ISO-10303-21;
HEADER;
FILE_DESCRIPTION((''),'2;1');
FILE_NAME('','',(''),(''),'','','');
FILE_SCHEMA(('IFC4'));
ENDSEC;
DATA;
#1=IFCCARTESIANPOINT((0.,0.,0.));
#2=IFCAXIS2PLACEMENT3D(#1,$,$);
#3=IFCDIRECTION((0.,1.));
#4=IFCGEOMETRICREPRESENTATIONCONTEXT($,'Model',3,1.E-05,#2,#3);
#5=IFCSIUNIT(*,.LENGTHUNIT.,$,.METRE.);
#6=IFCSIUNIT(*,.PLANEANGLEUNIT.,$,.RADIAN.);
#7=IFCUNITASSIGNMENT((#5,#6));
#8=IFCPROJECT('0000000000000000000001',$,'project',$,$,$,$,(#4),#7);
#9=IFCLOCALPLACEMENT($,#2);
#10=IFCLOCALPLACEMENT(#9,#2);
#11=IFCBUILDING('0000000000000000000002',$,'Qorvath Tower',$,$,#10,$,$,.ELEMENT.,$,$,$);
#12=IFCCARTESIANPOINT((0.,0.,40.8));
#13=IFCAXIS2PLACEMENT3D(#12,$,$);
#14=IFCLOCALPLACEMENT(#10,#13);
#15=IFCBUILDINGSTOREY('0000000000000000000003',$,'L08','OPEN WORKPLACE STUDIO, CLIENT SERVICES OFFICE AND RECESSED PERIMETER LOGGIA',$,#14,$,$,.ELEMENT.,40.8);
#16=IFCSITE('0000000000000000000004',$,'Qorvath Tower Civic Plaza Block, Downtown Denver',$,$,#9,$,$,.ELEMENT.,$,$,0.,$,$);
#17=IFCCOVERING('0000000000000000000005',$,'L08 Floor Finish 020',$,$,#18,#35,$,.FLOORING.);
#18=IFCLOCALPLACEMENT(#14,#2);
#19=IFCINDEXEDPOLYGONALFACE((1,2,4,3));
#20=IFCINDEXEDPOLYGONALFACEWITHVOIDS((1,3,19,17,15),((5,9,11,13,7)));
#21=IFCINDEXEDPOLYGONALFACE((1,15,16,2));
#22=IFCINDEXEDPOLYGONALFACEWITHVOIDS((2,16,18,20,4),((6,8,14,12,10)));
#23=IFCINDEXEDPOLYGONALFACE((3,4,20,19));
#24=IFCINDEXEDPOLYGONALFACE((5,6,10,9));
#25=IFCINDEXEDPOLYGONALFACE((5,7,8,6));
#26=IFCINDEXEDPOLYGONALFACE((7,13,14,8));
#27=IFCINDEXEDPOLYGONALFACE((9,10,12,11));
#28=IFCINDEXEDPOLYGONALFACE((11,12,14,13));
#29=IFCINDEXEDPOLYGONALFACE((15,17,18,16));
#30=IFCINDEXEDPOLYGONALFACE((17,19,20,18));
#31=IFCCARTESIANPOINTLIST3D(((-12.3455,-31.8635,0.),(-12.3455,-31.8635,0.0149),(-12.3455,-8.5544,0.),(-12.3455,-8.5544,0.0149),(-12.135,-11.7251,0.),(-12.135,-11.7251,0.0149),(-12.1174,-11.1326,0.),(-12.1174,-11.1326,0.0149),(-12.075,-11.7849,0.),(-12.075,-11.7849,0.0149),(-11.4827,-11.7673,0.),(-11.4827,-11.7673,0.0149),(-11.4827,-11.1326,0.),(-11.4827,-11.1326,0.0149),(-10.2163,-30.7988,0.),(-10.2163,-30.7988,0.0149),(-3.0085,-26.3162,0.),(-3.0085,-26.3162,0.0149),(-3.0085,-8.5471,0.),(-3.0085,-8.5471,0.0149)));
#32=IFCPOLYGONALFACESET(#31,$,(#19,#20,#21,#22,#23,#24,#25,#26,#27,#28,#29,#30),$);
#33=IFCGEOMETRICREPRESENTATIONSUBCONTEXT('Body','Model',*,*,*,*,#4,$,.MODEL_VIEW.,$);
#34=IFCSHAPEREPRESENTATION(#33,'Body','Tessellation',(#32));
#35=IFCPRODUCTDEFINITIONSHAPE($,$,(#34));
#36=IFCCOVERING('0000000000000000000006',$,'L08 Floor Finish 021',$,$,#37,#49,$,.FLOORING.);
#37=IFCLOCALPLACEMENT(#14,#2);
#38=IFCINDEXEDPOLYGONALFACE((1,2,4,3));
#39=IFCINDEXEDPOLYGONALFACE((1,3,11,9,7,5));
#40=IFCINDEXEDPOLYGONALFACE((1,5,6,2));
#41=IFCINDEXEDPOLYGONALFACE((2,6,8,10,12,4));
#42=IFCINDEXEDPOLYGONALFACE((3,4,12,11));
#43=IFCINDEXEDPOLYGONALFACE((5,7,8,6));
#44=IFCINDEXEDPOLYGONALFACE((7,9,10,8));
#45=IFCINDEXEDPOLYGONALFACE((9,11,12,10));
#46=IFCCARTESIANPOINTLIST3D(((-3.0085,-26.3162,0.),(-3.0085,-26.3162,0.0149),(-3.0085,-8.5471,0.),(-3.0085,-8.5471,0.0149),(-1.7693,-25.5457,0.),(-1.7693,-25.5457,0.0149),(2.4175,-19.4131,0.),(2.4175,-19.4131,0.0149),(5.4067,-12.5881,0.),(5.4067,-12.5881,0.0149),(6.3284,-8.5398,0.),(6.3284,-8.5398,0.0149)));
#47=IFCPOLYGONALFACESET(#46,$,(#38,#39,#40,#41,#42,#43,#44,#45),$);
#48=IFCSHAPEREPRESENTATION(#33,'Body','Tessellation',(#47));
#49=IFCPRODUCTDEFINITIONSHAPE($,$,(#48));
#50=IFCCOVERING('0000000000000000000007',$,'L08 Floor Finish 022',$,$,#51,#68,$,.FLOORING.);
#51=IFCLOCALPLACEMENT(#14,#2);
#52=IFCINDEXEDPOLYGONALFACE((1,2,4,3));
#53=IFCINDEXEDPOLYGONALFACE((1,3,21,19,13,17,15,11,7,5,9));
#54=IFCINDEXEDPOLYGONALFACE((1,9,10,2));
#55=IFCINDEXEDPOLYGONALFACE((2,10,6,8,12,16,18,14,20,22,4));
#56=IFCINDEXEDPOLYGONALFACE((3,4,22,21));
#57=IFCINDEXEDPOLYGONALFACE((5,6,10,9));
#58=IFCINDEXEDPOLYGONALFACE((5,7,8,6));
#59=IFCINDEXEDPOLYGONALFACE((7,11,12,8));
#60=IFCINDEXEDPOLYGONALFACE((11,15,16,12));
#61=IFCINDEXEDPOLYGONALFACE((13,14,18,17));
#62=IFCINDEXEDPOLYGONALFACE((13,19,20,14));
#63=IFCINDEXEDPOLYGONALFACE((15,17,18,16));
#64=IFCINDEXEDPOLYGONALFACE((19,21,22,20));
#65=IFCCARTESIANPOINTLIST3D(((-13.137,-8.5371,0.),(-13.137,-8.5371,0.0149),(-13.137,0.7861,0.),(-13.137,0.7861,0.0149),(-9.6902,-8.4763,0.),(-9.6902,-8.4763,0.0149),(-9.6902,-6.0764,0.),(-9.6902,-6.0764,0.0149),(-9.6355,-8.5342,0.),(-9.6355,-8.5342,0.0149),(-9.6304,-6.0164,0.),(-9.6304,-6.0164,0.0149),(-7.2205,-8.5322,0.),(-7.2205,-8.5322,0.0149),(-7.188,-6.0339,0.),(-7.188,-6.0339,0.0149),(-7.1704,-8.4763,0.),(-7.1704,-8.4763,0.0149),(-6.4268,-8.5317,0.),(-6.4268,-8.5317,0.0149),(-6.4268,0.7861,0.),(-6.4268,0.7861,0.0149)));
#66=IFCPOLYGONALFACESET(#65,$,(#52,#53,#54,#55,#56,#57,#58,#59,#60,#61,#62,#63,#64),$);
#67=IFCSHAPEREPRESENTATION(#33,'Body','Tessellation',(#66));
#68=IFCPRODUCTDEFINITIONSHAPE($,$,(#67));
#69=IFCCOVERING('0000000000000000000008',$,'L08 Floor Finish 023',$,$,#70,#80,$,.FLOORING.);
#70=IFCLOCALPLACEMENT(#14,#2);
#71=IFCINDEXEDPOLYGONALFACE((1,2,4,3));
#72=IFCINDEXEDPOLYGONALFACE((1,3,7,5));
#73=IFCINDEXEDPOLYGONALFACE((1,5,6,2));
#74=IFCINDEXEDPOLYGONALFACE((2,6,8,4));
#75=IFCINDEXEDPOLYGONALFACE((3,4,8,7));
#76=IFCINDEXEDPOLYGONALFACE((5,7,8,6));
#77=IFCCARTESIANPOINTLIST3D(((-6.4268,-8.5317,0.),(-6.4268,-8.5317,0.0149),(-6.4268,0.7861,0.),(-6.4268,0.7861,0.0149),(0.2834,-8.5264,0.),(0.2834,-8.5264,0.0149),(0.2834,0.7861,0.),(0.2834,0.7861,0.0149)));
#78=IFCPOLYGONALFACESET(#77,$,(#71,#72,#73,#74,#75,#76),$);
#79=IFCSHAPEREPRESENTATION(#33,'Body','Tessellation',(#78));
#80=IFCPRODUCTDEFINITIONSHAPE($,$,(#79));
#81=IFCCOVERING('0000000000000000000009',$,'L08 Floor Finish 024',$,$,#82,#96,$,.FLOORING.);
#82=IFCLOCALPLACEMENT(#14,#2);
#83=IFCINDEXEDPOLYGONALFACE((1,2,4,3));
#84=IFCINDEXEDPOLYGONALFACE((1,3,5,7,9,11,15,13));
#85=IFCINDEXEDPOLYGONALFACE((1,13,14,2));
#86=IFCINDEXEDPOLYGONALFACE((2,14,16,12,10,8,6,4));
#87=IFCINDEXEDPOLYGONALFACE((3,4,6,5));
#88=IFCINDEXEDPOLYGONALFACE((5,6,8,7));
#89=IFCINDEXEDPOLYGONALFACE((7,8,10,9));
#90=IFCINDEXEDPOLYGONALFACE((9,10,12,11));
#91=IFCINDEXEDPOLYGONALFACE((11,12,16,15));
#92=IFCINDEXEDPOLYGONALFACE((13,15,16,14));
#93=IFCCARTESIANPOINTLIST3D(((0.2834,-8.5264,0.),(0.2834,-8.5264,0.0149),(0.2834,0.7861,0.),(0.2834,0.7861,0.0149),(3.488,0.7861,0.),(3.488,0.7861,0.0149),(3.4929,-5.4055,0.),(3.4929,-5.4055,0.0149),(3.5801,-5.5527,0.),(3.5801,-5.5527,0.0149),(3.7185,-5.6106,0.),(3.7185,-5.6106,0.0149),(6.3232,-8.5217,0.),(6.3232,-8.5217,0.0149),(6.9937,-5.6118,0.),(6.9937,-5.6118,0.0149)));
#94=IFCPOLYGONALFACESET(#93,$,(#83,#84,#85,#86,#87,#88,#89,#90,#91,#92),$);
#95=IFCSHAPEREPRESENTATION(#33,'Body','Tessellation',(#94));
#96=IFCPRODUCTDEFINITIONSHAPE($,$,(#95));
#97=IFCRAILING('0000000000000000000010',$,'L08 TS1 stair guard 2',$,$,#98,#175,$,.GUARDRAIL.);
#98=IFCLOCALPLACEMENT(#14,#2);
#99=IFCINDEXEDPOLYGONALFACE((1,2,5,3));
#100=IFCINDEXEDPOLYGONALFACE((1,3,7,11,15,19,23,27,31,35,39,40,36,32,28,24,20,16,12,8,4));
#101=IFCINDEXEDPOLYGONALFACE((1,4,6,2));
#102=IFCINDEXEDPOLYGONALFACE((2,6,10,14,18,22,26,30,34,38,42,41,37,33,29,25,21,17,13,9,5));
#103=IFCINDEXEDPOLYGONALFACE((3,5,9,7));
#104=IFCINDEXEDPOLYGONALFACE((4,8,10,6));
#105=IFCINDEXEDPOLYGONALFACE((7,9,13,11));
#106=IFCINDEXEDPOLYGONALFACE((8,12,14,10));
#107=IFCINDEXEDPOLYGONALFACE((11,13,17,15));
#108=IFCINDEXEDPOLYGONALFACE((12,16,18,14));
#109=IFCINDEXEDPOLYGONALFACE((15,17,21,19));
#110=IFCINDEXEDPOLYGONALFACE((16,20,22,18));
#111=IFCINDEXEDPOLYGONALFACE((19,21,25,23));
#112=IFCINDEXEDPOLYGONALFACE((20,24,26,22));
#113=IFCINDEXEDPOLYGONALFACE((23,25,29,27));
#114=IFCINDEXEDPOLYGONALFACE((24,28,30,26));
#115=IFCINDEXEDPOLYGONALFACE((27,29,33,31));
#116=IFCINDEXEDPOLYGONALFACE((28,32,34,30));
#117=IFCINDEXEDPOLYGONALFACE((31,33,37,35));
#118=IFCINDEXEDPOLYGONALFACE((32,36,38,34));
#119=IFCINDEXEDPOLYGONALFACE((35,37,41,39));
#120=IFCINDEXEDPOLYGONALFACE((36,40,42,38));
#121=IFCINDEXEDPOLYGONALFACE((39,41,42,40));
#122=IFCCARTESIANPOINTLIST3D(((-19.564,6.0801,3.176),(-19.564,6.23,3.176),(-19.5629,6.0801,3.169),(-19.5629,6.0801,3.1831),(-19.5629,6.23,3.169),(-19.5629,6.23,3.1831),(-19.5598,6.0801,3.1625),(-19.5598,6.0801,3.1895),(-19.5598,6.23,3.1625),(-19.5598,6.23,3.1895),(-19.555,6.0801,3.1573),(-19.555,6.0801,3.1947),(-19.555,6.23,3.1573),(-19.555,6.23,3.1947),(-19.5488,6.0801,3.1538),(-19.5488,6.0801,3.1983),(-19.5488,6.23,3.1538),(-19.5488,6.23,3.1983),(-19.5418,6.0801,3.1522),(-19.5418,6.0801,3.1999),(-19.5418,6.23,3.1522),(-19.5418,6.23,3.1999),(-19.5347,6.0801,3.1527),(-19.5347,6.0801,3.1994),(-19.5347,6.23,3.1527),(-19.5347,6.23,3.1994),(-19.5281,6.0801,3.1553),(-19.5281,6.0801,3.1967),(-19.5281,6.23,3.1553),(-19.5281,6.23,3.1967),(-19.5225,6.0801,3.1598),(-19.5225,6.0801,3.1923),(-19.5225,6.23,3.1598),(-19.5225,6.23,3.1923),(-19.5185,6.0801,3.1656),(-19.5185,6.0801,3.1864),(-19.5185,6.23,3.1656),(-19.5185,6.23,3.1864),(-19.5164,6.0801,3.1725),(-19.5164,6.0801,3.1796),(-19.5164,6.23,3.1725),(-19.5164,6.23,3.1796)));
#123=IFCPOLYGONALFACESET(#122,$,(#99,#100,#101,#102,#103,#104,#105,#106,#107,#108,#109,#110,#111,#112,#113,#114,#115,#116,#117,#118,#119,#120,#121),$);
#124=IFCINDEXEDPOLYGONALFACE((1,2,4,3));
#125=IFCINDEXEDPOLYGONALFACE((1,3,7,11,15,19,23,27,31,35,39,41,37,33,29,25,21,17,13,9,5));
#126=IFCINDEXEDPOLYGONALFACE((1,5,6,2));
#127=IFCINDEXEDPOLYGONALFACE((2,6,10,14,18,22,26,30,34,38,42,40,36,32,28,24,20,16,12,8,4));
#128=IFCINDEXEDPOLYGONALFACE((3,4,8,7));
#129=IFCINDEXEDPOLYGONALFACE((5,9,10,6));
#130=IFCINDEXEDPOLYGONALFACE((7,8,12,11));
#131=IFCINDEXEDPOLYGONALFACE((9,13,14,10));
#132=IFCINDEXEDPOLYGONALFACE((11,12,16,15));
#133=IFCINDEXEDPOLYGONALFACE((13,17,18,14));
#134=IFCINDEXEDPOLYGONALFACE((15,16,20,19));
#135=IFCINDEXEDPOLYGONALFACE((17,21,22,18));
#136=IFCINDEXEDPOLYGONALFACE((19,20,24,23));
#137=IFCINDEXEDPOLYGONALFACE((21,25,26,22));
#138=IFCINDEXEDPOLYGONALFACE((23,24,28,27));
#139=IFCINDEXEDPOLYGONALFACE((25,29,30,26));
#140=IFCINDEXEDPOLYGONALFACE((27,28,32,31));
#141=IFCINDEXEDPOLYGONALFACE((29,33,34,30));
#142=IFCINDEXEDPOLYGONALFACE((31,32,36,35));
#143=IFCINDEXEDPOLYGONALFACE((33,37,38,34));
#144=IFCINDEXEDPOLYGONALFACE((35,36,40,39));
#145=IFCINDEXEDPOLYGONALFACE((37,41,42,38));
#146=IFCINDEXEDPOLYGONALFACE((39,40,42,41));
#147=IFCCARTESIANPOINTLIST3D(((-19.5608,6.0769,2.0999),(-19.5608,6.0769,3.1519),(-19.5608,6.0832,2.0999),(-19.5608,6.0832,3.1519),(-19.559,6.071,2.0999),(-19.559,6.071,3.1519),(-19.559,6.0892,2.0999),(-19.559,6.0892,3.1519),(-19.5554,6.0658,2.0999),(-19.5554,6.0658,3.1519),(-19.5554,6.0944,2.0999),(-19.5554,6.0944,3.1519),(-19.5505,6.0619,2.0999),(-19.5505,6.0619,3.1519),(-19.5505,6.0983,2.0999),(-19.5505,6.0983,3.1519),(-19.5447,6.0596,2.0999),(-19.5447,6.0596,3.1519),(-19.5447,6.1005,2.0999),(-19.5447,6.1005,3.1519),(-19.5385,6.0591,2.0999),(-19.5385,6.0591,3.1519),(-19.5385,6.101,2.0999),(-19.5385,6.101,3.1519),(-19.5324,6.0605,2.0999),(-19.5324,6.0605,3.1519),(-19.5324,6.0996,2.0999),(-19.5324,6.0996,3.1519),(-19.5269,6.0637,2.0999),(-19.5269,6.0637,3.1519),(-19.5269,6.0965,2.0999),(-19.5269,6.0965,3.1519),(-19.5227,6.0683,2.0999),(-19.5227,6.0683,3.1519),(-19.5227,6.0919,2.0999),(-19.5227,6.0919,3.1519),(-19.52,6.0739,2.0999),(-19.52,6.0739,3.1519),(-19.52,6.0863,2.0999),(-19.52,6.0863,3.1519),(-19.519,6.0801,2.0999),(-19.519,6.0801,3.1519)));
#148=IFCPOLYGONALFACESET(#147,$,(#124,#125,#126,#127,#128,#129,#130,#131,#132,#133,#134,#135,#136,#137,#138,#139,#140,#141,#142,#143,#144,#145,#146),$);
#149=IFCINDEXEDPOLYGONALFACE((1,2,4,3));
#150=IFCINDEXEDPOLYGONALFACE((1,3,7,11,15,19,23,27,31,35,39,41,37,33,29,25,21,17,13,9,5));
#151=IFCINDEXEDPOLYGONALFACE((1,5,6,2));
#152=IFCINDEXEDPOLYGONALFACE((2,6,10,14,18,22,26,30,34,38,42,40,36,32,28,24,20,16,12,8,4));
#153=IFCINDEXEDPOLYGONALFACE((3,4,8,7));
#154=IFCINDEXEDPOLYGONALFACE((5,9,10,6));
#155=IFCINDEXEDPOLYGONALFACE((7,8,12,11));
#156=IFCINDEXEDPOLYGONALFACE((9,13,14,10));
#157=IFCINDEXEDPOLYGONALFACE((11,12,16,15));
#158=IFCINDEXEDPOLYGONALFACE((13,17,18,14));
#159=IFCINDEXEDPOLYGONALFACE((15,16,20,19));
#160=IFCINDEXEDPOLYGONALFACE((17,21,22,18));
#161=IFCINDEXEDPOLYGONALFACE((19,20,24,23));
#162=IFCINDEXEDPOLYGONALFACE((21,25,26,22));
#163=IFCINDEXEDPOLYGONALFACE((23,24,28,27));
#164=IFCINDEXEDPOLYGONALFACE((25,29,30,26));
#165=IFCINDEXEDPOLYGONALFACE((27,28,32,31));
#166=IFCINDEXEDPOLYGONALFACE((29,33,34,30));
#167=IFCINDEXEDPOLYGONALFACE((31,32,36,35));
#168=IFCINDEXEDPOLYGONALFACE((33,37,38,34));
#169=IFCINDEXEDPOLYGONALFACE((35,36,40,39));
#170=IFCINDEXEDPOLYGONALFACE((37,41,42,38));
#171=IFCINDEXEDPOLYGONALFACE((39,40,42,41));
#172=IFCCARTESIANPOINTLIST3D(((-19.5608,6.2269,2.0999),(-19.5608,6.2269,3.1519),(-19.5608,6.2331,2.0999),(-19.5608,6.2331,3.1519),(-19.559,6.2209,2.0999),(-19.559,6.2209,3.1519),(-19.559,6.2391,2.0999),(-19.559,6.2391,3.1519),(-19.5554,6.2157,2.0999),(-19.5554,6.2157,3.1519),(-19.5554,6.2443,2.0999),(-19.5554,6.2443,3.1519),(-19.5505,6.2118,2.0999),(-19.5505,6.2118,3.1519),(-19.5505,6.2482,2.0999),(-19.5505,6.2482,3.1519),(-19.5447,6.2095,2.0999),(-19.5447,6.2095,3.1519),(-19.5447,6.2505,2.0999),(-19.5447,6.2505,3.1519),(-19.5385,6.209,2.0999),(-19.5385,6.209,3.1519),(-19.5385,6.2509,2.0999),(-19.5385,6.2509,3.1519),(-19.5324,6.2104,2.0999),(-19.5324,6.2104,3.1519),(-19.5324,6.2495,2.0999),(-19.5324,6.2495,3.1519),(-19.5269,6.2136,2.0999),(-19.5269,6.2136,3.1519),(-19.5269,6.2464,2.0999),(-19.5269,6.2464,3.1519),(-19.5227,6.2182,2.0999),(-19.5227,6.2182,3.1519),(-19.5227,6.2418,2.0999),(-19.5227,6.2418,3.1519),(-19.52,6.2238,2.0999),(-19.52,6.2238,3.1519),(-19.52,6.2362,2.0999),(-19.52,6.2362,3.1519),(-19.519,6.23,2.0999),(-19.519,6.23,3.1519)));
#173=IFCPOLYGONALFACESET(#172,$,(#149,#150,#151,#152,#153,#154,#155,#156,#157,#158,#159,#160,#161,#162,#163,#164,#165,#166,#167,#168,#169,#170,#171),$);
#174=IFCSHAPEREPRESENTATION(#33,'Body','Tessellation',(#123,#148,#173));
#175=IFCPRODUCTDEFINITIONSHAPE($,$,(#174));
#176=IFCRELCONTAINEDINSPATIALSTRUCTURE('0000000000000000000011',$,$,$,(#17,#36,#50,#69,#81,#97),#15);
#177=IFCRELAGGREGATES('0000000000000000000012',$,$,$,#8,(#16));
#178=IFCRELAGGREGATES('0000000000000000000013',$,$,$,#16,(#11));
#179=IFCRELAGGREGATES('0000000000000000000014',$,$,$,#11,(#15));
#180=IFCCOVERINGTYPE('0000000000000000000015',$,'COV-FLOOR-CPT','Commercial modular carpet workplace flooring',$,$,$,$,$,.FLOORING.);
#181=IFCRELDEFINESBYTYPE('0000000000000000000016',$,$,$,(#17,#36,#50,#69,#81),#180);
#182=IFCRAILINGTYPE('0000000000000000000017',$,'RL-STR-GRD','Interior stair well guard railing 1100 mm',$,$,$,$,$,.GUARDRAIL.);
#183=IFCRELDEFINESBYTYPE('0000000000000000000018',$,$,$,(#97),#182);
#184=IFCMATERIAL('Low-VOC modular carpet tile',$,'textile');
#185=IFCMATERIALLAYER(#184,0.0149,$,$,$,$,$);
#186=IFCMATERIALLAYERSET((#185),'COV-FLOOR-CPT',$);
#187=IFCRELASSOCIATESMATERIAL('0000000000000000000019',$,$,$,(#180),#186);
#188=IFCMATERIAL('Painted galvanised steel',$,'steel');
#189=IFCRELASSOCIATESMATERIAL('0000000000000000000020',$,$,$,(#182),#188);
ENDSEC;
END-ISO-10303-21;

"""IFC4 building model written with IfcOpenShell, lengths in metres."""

from ifc_helpers import new_model, si_unit, direction, frame, origin, origin_2d, place, context, subcontext, project, spatial, polyline, circle, outline, extrude, material, layer, layer_set, type_object, element, save


model = new_model("IFC4")

# Units and contexts
model_context = context("Model", 3, precision=1e-05, world=origin(), true_north=direction((0.0, 1.0)))
body_context = subcontext(model_context, "Body", "Model", "MODEL_VIEW")
ifc_project = project(units=[si_unit("LENGTHUNIT", "METRE"), si_unit("PLANEANGLEUNIT", "RADIAN")], contexts=[model_context])

# Site, building, storey
site_placement = place(None, origin())
site = spatial("IfcSite", under=ifc_project, at=site_placement, Name="Qorvath Tower Civic Plaza Block, Downtown Denver", CompositionType="ELEMENT", RefElevation=0.0)
building_placement = place(site_placement, origin())
building = spatial("IfcBuilding", under=site, at=building_placement, Name="Qorvath Tower", CompositionType="ELEMENT")
storey_placement = place(building_placement, frame((0.0, 0.0, 40.8)))
storey = spatial("IfcBuildingStorey", under=building, at=storey_placement, Name="L08", Description="OPEN WORKPLACE STUDIO, CLIENT SERVICES OFFICE AND RECESSED PERIMETER LOGGIA", CompositionType="ELEMENT", Elevation=40.8)

# Coverings
ifc_material_1 = material(Name="Low-VOC modular carpet tile", Category="textile")
ifc_layer_1 = layer(ifc_material_1, 0.0149)
ifc_layer_set_1 = layer_set([ifc_layer_1], Name="COV-FLOOR-CPT")
covering_type_1 = type_object("IfcCoveringType", Name="COV-FLOOR-CPT", Description="Commercial modular carpet workplace flooring", PredefinedType="FLOORING", material=ifc_layer_set_1)
covering_1_placement = place(storey_placement, origin())
element("IfcCovering", 1, at=covering_1_placement, inside=storey, type_object=covering_type_1, Name="L08 Floor Finish 020", PredefinedType="FLOORING", context=body_context, shape_type="SweptSolid", body=[
    extrude(outline(polyline([(-12.3455, -8.5544), (-12.3455, -31.8635), (-10.2163, -30.7988), (-3.0085, -26.3162), (-3.0085, -8.5471), (-12.3455, -8.5544)]), holes=[polyline([(-12.135, -11.7251), (-12.1174, -11.1326), (-11.4827, -11.1326), (-11.4827, -11.7673), (-12.075, -11.7849), (-12.135, -11.7251)])]), origin(), (0.0, 0.0, 1.0), 0.0149),
])
covering_2_placement = place(storey_placement, origin())
element("IfcCovering", 2, at=covering_2_placement, inside=storey, type_object=covering_type_1, Name="L08 Floor Finish 021", PredefinedType="FLOORING", context=body_context, shape_type="SweptSolid", body=[
    extrude(outline(polyline([(-3.0085, -8.5471), (-3.0085, -26.3162), (-1.7693, -25.5457), (2.4175, -19.4131), (5.4067, -12.5881), (6.3284, -8.5398), (-3.0085, -8.5471)])), origin(), (0.0, 0.0, 1.0), 0.0149),
])
covering_3_placement = place(storey_placement, origin())
element("IfcCovering", 3, at=covering_3_placement, inside=storey, type_object=covering_type_1, Name="L08 Floor Finish 022", PredefinedType="FLOORING", context=body_context, shape_type="SweptSolid", body=[
    extrude(outline(polyline([(-6.4268, -8.5317), (-6.4268, 0.7861), (-13.137, 0.7861), (-13.137, -8.5371), (-9.6355, -8.5342), (-9.6902, -8.4763), (-9.6902, -6.0764), (-9.6304, -6.0164), (-7.188, -6.0339), (-7.1704, -8.4763), (-7.2205, -8.5322), (-6.4268, -8.5317)])), origin(), (0.0, 0.0, 1.0), 0.0149),
])
covering_4_placement = place(storey_placement, origin())
element("IfcCovering", 4, at=covering_4_placement, inside=storey, type_object=covering_type_1, Name="L08 Floor Finish 023", PredefinedType="FLOORING", context=body_context, shape_type="SweptSolid", body=[
    extrude(outline(polyline([(0.2834, -8.5264), (0.2834, 0.7861), (-6.4268, 0.7861), (-6.4268, -8.5317), (0.2834, -8.5264)])), origin(), (0.0, 0.0, 1.0), 0.0149),
])
covering_5_placement = place(storey_placement, origin())
element("IfcCovering", 5, at=covering_5_placement, inside=storey, type_object=covering_type_1, Name="L08 Floor Finish 024", PredefinedType="FLOORING", context=body_context, shape_type="SweptSolid", body=[
    extrude(outline(polyline([(3.5801, -5.5527), (3.4929, -5.4055), (3.488, 0.7861), (0.2834, 0.7861), (0.2834, -8.5264), (6.3232, -8.5217), (6.9937, -5.6118), (3.7185, -5.6106), (3.5801, -5.5527)])), origin(), (0.0, 0.0, 1.0), 0.0149),
])

# Railing
ifc_material_2 = material(Name="Painted galvanised steel", Category="steel")
railing_type = type_object("IfcRailingType", Name="RL-STR-GRD", Description="Interior stair well guard railing 1100 mm", PredefinedType="GUARDRAIL", material=ifc_material_2)
railing_1_placement = place(storey_placement, frame((-19.54, 6.0801, 2.0999)))
element("IfcRailing", 6, at=railing_1_placement, inside=storey, type_object=railing_type, Name="L08 TS1 stair guard 2", PredefinedType="GUARDRAIL", context=body_context, shape_type="SweptSolid", body=[
    extrude(circle(Radius=0.0239, at=origin_2d()), frame((0.0, 0.0, 1.0762), z_axis=(0.0, 1.0, 0.0), x_axis=(-1.0, 0.0, 0.0)), (0.0, 0.0, 1.0), 0.1499),
    extrude(circle(Radius=0.021, at=origin_2d()), origin(), (0.0, 0.0, 1.0), 1.052),
    extrude(circle(Radius=0.021, at=origin_2d()), frame((0.0, 0.1499, 0.0)), (0.0, 0.0, 1.0), 1.052),
])

save(model, "model.ifc")
